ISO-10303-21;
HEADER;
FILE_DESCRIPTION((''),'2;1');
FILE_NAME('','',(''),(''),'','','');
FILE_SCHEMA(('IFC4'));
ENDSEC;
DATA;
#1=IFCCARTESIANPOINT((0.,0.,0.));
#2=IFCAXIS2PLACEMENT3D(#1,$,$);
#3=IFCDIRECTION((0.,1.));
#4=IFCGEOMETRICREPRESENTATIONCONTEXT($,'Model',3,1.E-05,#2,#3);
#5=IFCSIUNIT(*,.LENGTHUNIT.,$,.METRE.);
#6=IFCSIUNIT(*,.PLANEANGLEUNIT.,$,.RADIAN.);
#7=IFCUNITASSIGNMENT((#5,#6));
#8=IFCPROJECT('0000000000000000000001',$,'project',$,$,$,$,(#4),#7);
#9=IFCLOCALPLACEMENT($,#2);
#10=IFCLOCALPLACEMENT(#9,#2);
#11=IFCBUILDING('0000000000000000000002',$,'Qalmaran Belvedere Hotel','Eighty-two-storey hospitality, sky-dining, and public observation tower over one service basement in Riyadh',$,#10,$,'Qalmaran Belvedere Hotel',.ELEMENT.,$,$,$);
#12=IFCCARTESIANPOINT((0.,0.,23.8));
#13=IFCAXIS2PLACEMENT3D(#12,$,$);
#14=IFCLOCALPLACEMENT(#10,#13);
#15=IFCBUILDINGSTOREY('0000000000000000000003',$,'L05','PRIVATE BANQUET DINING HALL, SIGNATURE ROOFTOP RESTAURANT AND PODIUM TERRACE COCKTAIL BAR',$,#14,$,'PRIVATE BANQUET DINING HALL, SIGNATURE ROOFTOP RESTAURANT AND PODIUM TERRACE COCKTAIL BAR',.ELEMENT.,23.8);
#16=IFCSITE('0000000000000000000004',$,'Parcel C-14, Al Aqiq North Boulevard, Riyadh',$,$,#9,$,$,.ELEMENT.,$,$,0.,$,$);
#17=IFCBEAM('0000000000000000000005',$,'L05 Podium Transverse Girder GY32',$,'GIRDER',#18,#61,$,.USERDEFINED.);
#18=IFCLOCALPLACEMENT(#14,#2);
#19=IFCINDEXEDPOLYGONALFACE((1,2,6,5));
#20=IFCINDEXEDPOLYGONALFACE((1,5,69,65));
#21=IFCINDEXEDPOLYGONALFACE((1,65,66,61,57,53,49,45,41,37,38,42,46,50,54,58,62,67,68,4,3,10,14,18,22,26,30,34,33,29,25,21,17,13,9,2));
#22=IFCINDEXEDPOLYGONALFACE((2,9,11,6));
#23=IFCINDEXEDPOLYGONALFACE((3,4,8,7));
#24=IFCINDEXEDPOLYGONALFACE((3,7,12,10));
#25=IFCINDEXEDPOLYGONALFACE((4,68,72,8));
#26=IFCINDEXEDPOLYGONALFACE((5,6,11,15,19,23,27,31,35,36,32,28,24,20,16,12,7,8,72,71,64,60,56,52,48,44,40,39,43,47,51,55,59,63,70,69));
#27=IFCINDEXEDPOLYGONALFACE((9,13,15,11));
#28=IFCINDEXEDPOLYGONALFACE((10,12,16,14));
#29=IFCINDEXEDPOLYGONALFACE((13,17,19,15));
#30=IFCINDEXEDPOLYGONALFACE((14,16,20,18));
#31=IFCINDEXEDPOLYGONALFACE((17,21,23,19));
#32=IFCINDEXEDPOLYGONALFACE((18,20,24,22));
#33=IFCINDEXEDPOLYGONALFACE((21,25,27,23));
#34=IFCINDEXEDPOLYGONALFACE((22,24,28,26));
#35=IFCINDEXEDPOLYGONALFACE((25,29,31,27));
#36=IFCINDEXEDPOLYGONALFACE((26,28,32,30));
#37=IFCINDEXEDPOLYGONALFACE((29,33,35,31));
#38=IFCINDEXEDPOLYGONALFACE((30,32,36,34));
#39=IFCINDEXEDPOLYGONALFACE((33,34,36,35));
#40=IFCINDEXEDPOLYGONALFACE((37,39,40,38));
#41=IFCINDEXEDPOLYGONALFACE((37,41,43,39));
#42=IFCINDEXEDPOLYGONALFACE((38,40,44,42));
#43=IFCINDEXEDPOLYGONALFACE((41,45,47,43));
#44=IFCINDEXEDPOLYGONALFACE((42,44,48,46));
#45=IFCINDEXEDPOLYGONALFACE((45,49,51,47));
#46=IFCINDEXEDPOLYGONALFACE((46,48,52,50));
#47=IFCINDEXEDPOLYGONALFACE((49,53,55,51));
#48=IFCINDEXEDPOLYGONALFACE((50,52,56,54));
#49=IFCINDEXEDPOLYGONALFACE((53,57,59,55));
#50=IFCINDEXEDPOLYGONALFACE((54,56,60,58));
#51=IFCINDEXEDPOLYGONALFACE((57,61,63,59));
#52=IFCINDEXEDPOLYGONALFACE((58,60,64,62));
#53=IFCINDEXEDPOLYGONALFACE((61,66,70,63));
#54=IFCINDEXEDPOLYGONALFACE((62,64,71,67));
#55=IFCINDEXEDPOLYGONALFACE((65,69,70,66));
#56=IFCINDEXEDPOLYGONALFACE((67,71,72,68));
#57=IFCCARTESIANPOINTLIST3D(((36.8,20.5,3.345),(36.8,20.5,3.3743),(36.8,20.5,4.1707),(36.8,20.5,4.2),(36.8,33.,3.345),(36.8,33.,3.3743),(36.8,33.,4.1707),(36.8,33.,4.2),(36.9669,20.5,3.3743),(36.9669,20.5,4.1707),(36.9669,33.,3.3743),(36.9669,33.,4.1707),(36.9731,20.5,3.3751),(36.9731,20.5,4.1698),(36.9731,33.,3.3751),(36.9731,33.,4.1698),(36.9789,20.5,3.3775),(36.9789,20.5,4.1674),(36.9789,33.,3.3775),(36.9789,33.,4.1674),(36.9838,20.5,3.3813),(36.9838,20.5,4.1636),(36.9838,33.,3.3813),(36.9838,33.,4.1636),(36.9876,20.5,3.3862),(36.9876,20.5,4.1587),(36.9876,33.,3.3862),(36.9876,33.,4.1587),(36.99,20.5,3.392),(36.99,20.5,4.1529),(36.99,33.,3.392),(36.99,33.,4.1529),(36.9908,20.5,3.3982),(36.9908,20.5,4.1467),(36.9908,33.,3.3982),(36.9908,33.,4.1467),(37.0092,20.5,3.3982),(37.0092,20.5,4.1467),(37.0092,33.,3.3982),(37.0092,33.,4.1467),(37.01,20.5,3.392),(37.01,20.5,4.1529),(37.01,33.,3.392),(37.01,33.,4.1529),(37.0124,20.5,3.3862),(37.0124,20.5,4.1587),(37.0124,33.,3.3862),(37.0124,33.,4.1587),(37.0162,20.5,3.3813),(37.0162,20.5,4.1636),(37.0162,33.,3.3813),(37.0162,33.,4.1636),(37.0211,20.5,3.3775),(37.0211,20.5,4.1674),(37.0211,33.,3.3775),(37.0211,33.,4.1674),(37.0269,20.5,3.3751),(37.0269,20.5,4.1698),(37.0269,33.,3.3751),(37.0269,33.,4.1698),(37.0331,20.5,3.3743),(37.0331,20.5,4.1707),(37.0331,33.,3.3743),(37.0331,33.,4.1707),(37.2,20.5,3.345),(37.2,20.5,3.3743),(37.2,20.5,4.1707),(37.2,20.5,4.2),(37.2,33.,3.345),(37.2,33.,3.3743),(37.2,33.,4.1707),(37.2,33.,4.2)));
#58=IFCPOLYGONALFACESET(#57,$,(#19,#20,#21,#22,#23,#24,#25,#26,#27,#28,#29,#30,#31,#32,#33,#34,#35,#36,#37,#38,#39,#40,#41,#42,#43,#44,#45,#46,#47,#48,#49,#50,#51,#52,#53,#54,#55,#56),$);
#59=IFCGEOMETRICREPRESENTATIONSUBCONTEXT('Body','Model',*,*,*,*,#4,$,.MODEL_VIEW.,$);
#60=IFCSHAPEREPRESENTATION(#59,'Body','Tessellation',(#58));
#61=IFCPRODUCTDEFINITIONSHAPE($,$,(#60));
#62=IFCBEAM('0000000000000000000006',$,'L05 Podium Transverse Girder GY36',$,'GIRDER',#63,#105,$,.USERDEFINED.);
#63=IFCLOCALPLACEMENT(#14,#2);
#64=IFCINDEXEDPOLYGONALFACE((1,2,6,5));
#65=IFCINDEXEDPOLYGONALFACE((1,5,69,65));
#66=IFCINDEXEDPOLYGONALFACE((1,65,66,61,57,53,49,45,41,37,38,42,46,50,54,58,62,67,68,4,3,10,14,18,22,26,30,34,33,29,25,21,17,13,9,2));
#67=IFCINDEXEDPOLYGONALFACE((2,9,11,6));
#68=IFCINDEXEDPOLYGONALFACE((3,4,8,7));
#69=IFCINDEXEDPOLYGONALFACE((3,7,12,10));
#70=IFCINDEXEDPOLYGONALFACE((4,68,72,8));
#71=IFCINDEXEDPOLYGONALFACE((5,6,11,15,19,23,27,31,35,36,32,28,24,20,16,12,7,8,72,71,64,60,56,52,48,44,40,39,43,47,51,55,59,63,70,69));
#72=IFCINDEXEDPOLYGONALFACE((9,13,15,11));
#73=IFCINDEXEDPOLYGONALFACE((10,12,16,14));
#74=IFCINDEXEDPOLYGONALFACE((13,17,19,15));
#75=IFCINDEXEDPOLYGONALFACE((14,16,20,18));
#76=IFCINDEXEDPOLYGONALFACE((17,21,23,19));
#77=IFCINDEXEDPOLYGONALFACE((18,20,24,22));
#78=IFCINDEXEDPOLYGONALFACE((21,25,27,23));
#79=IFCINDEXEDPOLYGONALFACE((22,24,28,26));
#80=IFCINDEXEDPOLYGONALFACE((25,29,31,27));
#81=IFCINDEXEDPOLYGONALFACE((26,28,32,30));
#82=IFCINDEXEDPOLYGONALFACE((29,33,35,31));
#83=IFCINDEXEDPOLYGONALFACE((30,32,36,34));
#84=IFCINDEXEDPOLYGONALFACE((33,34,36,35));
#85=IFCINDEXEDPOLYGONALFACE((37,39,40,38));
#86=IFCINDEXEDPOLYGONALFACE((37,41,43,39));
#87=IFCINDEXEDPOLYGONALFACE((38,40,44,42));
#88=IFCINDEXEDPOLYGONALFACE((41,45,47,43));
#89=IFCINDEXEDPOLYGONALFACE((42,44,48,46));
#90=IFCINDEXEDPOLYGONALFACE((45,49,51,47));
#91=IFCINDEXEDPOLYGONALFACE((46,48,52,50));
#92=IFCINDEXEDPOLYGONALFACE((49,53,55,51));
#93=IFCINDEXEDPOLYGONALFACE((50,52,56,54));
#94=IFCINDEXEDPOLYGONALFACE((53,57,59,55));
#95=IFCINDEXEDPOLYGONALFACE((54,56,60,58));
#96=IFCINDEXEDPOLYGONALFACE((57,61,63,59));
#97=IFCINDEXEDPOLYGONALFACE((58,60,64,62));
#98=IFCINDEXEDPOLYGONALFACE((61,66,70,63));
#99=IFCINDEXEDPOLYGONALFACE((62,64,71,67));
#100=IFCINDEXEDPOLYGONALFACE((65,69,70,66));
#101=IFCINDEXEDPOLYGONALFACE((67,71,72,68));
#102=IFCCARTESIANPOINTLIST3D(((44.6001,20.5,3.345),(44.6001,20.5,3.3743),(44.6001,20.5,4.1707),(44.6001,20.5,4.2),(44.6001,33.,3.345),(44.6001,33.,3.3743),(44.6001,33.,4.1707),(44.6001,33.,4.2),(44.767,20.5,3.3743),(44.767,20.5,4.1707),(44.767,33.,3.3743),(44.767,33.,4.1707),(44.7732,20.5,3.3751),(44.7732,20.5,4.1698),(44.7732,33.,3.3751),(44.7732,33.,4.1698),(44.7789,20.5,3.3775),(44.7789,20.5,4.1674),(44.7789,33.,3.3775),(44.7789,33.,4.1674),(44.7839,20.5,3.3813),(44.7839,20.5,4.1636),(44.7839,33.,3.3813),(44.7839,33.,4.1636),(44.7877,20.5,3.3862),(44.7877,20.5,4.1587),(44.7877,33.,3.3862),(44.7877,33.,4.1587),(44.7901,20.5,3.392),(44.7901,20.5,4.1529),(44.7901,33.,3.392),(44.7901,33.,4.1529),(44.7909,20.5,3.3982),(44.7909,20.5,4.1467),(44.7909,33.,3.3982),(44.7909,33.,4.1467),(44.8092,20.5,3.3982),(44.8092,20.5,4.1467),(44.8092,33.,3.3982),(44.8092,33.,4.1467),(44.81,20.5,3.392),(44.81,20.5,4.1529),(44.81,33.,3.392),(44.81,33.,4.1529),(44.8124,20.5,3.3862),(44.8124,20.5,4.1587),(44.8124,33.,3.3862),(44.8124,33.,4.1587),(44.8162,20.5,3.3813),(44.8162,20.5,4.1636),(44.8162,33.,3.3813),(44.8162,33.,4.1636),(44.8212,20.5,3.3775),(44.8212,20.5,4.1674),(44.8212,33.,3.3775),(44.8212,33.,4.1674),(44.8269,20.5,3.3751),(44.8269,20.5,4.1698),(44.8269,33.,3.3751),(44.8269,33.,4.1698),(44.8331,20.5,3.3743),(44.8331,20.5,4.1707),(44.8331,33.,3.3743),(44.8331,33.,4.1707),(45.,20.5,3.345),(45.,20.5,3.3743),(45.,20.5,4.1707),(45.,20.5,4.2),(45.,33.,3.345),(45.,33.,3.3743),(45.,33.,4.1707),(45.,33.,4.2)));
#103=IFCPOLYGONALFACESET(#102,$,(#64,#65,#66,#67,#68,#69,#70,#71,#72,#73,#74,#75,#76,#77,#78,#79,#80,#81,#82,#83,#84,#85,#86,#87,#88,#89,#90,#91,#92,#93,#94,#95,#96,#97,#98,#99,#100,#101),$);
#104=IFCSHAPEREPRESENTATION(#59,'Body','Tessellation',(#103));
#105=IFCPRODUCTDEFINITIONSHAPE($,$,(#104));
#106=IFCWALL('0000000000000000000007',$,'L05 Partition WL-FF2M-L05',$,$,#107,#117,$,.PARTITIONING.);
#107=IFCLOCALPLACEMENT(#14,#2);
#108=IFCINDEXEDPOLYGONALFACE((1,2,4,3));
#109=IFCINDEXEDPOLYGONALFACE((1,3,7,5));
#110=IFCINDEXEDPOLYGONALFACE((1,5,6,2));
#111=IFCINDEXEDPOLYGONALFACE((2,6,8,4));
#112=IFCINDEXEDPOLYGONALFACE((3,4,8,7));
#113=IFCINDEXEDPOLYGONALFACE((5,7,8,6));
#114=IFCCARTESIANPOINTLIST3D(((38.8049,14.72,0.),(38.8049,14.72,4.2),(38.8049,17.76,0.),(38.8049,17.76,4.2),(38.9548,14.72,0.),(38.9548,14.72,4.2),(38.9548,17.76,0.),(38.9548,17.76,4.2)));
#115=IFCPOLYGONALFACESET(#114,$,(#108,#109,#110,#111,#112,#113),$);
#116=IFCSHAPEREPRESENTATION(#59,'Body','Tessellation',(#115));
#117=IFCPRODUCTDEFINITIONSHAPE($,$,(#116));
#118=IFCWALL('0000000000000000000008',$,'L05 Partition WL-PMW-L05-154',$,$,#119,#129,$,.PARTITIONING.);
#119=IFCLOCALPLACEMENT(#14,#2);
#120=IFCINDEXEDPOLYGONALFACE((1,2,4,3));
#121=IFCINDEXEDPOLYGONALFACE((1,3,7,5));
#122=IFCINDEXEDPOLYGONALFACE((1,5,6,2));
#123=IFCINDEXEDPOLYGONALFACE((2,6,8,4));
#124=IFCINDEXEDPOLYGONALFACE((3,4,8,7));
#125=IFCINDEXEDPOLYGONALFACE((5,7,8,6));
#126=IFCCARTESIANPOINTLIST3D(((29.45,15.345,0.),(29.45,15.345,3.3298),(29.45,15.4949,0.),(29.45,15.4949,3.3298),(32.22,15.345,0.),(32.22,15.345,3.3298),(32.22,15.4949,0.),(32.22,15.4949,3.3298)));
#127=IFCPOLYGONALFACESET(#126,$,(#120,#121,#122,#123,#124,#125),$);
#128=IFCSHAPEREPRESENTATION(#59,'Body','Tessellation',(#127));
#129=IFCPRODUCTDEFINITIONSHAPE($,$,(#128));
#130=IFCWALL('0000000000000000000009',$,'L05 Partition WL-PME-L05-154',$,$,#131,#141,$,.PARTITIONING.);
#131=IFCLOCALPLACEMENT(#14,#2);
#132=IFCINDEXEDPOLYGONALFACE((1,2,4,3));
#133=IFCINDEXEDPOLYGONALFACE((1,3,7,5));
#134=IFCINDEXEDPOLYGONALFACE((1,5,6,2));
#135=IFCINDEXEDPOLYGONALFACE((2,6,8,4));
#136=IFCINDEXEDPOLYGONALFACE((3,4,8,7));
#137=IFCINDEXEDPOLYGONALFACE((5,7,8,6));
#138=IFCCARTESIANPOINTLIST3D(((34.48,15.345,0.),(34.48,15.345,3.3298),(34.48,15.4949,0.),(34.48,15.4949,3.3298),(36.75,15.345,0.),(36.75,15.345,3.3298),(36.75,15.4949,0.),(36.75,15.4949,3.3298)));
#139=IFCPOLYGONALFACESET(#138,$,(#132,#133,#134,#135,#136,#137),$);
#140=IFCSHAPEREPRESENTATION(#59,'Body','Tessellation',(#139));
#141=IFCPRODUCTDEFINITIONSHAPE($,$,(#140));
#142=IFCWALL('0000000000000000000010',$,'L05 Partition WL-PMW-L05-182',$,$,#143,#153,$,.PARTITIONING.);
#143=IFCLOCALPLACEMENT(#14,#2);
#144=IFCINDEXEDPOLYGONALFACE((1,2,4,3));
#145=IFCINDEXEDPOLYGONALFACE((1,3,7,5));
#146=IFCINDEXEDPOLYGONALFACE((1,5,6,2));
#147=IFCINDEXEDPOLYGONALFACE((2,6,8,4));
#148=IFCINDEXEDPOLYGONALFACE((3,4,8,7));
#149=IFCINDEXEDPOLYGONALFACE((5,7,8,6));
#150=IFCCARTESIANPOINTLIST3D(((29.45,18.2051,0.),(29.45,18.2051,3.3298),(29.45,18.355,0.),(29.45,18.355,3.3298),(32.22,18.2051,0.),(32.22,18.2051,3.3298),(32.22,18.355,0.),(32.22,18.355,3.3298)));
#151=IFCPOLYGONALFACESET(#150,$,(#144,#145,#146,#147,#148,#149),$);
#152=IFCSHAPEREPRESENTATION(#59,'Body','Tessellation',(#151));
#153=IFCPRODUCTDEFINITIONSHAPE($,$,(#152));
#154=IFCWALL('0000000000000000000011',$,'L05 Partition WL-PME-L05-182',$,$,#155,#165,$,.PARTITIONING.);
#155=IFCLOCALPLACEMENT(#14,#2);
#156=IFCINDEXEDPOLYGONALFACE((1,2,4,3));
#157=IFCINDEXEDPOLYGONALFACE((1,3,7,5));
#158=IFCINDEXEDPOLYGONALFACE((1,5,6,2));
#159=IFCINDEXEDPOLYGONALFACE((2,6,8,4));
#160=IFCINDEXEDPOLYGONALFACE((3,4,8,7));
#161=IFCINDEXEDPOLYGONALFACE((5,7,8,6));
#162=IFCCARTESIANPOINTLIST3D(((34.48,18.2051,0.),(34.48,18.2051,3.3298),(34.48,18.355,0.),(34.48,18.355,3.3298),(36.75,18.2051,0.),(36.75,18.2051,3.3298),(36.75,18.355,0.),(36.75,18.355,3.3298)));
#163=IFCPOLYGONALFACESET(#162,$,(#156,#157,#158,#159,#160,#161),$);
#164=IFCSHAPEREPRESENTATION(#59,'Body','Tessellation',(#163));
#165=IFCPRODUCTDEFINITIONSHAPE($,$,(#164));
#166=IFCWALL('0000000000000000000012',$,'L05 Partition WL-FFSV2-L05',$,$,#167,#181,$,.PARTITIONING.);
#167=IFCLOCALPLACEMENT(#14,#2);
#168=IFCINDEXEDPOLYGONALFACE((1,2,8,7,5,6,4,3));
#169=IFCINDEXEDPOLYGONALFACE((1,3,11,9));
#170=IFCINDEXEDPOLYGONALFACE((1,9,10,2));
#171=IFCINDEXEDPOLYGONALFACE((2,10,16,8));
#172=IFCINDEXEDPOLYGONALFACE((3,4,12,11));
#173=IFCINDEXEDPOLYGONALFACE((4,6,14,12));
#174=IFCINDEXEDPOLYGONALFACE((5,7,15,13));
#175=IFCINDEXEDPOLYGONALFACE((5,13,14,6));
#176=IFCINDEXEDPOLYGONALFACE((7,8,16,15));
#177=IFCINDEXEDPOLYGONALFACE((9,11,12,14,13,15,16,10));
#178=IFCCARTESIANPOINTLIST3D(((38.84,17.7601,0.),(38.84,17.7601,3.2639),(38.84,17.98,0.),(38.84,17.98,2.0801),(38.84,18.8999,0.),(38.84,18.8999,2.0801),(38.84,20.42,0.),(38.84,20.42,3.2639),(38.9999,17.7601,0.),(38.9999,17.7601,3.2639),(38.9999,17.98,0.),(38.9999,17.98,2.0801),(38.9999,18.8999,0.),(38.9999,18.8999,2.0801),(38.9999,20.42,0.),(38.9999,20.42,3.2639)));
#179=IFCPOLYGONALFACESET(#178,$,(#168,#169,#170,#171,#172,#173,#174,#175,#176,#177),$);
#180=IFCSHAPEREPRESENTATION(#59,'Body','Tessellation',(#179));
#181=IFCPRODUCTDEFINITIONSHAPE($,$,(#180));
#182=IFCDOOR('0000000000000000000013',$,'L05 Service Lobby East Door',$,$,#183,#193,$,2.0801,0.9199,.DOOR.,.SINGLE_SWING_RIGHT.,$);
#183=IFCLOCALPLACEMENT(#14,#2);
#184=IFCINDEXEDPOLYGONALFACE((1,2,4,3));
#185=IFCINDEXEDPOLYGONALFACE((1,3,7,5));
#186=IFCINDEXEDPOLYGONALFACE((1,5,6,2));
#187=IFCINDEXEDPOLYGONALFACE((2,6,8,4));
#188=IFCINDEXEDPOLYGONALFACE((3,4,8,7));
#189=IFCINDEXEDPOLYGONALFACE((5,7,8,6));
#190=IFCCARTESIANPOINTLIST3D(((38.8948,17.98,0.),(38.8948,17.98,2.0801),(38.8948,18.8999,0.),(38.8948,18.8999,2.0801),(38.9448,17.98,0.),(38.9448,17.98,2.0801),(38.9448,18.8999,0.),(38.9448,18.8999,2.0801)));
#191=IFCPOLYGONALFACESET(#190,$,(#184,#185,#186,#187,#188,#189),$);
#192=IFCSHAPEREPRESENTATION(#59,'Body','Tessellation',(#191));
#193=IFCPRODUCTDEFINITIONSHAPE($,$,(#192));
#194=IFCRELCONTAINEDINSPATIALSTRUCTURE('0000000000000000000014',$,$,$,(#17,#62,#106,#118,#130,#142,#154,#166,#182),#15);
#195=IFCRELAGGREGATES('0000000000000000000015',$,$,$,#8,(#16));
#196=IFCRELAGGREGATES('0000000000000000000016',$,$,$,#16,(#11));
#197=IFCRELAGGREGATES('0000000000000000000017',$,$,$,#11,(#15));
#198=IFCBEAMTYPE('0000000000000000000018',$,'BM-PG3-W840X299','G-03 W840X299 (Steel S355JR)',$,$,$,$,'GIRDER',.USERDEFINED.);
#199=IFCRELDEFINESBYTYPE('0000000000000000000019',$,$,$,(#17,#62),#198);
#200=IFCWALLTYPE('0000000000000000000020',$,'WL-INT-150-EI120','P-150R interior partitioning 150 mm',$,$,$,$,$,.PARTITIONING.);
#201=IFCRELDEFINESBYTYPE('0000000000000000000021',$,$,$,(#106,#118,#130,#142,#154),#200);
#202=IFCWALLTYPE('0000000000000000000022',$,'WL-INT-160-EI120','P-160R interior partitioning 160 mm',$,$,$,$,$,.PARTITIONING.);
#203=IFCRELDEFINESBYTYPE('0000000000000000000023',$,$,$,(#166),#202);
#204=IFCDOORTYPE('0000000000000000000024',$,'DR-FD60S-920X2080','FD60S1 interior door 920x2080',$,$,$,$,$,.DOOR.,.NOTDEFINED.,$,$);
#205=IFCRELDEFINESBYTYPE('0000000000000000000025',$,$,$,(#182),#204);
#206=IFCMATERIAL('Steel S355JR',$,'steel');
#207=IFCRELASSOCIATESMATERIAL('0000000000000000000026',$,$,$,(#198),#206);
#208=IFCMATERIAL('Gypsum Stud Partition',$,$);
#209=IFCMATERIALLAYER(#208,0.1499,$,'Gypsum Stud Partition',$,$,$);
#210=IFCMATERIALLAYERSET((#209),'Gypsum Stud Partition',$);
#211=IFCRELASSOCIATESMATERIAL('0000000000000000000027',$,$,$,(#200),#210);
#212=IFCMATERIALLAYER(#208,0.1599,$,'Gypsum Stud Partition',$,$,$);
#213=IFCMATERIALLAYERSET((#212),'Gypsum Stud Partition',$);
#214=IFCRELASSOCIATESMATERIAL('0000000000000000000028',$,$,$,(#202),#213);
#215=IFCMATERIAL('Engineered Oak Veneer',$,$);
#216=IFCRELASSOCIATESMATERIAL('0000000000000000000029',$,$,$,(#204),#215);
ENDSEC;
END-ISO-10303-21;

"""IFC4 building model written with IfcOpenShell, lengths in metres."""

from ifc_helpers import new_model, si_unit, direction, frame, frame_2d, origin, origin_2d, place, context, subcontext, project, spatial, rectangle, i_section, extrude, material, layer, layer_set, material_profile, profile_set, type_object, element, fill, save


model = new_model("IFC4")

# Units and contexts
model_context = context("Model", 3, precision=1e-05, world=origin(), true_north=direction((0.0, 1.0)))
body_context = subcontext(model_context, "Body", "Model", "MODEL_VIEW")
ifc_project = project(units=[si_unit("LENGTHUNIT", "METRE"), si_unit("PLANEANGLEUNIT", "RADIAN")], contexts=[model_context])

# Site, building, storey
site_placement = place(None, origin())
site = spatial("IfcSite", under=ifc_project, at=site_placement, Name="Parcel C-14, Al Aqiq North Boulevard, Riyadh", CompositionType="ELEMENT", RefElevation=0.0)
building_placement = place(site_placement, origin())
building = spatial("IfcBuilding", under=site, at=building_placement, Name="Qalmaran Belvedere Hotel", Description="Eighty-two-storey hospitality, sky-dining, and public observation tower over one service basement in Riyadh", LongName="Qalmaran Belvedere Hotel", CompositionType="ELEMENT")
storey_placement = place(building_placement, frame((0.0, 0.0, 23.8)))
storey = spatial("IfcBuildingStorey", under=building, at=storey_placement, Name="L05", Description="PRIVATE BANQUET DINING HALL, SIGNATURE ROOFTOP RESTAURANT AND PODIUM TERRACE COCKTAIL BAR", LongName="PRIVATE BANQUET DINING HALL, SIGNATURE ROOFTOP RESTAURANT AND PODIUM TERRACE COCKTAIL BAR", CompositionType="ELEMENT", Elevation=23.8)

# Beams
ifc_material_1 = material(Name="Steel S355JR", Category="steel")
ifc_material_profile_1 = material_profile(ifc_material_1, i_section(OverallWidth=0.3999, OverallDepth=0.855, WebThickness=0.0183, FlangeThickness=0.0293, FilletRadius=0.0239, at=origin_2d()), Name="W840X299")
ifc_profile_set_1 = profile_set([ifc_material_profile_1], Name="Steel S355JR")
beam_type_1 = type_object("IfcBeamType", Name="BM-PG3-W840X299", Description="G-03 W840X299 (Steel S355JR)", ElementType="GIRDER", PredefinedType="USERDEFINED", material=ifc_profile_set_1)
for number, where, z_axis, x_axis, name in (
    (1, (37.0, 20.5, 3.7725), (0.0, 1.0, 0.0), (-1.0, 0.0, 0.0), "L05 Podium Transverse Girder GY32"),
    (2, (44.8, 20.5, 3.7725), (0.0, 1.0, 0.0), (-1.0, 0.0, 0.0), "L05 Podium Transverse Girder GY36"),
):
    element("IfcBeam", number, at=place(storey_placement, frame(where, z_axis=z_axis, x_axis=x_axis)), inside=storey, type_object=beam_type_1, Name=name, ObjectType="GIRDER", PredefinedType="USERDEFINED", context=body_context, shape_type="SweptSolid", body=[
        extrude(i_section(OverallWidth=0.3999, OverallDepth=0.855, WebThickness=0.0183, FlangeThickness=0.0293, FilletRadius=0.0239, at=origin_2d()), origin(), (0.0, 0.0, 1.0), 12.5),
    ])

# Walls
ifc_material_2 = material(Name="Gypsum Stud Partition")
ifc_layer_1 = layer(ifc_material_2, 0.1499, Name="Gypsum Stud Partition")
ifc_layer_set_1 = layer_set([ifc_layer_1], Name="Gypsum Stud Partition")
wall_type_1 = type_object("IfcWallType", Name="WL-INT-150-EI120", Description="P-150R interior partitioning 150 mm", PredefinedType="PARTITIONING", material=ifc_layer_set_1)
wall_1_placement = place(storey_placement, frame((38.8799, 14.72, 0.0), z_axis=(0.0, 0.0, 1.0), x_axis=(0.0, 1.0, 0.0)))
element("IfcWall", 3, at=wall_1_placement, inside=storey, type_object=wall_type_1, Name="L05 Partition WL-FF2M-L05", PredefinedType="PARTITIONING", context=body_context, shape_type="SweptSolid", body=[
    extrude(rectangle(XDim=3.04, YDim=0.1499, at=frame_2d((1.52, 0.0))), origin(), (0.0, 0.0, 1.0), 4.2),
])
wall_2_placement = place(storey_placement, frame((29.45, 15.4199, 0.0), z_axis=(0.0, 0.0, 1.0), x_axis=(1.0, 0.0, 0.0)))
element("IfcWall", 4, at=wall_2_placement, inside=storey, type_object=wall_type_1, Name="L05 Partition WL-PMW-L05-154", PredefinedType="PARTITIONING", context=body_context, shape_type="SweptSolid", body=[
    extrude(rectangle(XDim=2.77, YDim=0.1499, at=frame_2d((1.385, 0.0))), origin(), (0.0, 0.0, 1.0), 3.3298),
])
wall_3_placement = place(storey_placement, frame((34.48, 15.4199, 0.0), z_axis=(0.0, 0.0, 1.0), x_axis=(1.0, 0.0, 0.0)))
element("IfcWall", 5, at=wall_3_placement, inside=storey, type_object=wall_type_1, Name="L05 Partition WL-PME-L05-154", PredefinedType="PARTITIONING", context=body_context, shape_type="SweptSolid", body=[
    extrude(rectangle(XDim=2.27, YDim=0.1499, at=frame_2d((1.135, 0.0))), origin(), (0.0, 0.0, 1.0), 3.3298),
])
wall_4_placement = place(storey_placement, frame((29.45, 18.28, 0.0), z_axis=(0.0, 0.0, 1.0), x_axis=(1.0, 0.0, 0.0)))
element("IfcWall", 6, at=wall_4_placement, inside=storey, type_object=wall_type_1, Name="L05 Partition WL-PMW-L05-182", PredefinedType="PARTITIONING", context=body_context, shape_type="SweptSolid", body=[
    extrude(rectangle(XDim=2.77, YDim=0.1499, at=frame_2d((1.385, 0.0))), origin(), (0.0, 0.0, 1.0), 3.3298),
])
wall_5_placement = place(storey_placement, frame((34.48, 18.28, 0.0), z_axis=(0.0, 0.0, 1.0), x_axis=(1.0, 0.0, 0.0)))
element("IfcWall", 7, at=wall_5_placement, inside=storey, type_object=wall_type_1, Name="L05 Partition WL-PME-L05-182", PredefinedType="PARTITIONING", context=body_context, shape_type="SweptSolid", body=[
    extrude(rectangle(XDim=2.27, YDim=0.1499, at=frame_2d((1.135, 0.0))), origin(), (0.0, 0.0, 1.0), 3.3298),
])

# Wall, opening, door
ifc_layer_2 = layer(ifc_material_2, 0.1599, Name="Gypsum Stud Partition")
ifc_layer_set_2 = layer_set([ifc_layer_2], Name="Gypsum Stud Partition")
wall_type_2 = type_object("IfcWallType", Name="WL-INT-160-EI120", Description="P-160R interior partitioning 160 mm", PredefinedType="PARTITIONING", material=ifc_layer_set_2)
wall_6_placement = place(storey_placement, frame((38.9199, 17.76, 0.0), z_axis=(0.0, 0.0, 1.0), x_axis=(0.0, 1.0, 0.0)))
wall_6 = element("IfcWall", 8, at=wall_6_placement, inside=storey, type_object=wall_type_2, Name="L05 Partition WL-FFSV2-L05", PredefinedType="PARTITIONING", context=body_context, shape_type="SweptSolid", body=[
    extrude(rectangle(XDim=2.6599, YDim=0.1599, at=frame_2d((1.3301, 0.0))), origin(), (0.0, 0.0, 1.0), 3.2639),
])
opening_1_placement = place(wall_6_placement, frame((1.1399, 0.0, 0.0), z_axis=(0.0, 0.0, 1.0), x_axis=(-1.0, 0.0, 0.0)))
opening_1 = element("IfcOpeningElement", 9, at=opening_1_placement, cuts=wall_6, PredefinedType="OPENING", context=body_context, shape_type="SweptSolid", body=[
    extrude(rectangle(XDim=0.9199, YDim=2.0801, at=frame_2d((0.46, 1.04))), frame((0.0, 0.0898, 0.0), z_axis=(0.0, -1.0, 0.0), x_axis=(1.0, 0.0, 0.0)), (0.0, 0.0, 1.0), 0.1799),
])
ifc_material_3 = material(Name="Engineered Oak Veneer")
door_type_1 = type_object("IfcDoorType", Name="DR-FD60S-920X2080", Description="FD60S1 interior door 920x2080", OperationType="NOTDEFINED", PredefinedType="DOOR", material=ifc_material_3)
door_1_placement = place(opening_1_placement, origin())
door_1 = element("IfcDoor", 10, at=door_1_placement, inside=storey, type_object=door_type_1, Name="L05 Service Lobby East Door", OperationType="SINGLE_SWING_RIGHT", OverallHeight=2.0801, OverallWidth=0.9199, PredefinedType="DOOR", context=body_context, shape_type="SweptSolid", body=[
    extrude(rectangle(XDim=0.9199, YDim=2.0801, at=frame_2d((0.46, 1.04))), frame((0.0, 0.0249, 0.0), z_axis=(0.0, -1.0, 0.0), x_axis=(1.0, 0.0, 0.0)), (0.0, 0.0, 1.0), 0.05),
])
fill(opening_1, door_1)

save(model, "model.ifc")
